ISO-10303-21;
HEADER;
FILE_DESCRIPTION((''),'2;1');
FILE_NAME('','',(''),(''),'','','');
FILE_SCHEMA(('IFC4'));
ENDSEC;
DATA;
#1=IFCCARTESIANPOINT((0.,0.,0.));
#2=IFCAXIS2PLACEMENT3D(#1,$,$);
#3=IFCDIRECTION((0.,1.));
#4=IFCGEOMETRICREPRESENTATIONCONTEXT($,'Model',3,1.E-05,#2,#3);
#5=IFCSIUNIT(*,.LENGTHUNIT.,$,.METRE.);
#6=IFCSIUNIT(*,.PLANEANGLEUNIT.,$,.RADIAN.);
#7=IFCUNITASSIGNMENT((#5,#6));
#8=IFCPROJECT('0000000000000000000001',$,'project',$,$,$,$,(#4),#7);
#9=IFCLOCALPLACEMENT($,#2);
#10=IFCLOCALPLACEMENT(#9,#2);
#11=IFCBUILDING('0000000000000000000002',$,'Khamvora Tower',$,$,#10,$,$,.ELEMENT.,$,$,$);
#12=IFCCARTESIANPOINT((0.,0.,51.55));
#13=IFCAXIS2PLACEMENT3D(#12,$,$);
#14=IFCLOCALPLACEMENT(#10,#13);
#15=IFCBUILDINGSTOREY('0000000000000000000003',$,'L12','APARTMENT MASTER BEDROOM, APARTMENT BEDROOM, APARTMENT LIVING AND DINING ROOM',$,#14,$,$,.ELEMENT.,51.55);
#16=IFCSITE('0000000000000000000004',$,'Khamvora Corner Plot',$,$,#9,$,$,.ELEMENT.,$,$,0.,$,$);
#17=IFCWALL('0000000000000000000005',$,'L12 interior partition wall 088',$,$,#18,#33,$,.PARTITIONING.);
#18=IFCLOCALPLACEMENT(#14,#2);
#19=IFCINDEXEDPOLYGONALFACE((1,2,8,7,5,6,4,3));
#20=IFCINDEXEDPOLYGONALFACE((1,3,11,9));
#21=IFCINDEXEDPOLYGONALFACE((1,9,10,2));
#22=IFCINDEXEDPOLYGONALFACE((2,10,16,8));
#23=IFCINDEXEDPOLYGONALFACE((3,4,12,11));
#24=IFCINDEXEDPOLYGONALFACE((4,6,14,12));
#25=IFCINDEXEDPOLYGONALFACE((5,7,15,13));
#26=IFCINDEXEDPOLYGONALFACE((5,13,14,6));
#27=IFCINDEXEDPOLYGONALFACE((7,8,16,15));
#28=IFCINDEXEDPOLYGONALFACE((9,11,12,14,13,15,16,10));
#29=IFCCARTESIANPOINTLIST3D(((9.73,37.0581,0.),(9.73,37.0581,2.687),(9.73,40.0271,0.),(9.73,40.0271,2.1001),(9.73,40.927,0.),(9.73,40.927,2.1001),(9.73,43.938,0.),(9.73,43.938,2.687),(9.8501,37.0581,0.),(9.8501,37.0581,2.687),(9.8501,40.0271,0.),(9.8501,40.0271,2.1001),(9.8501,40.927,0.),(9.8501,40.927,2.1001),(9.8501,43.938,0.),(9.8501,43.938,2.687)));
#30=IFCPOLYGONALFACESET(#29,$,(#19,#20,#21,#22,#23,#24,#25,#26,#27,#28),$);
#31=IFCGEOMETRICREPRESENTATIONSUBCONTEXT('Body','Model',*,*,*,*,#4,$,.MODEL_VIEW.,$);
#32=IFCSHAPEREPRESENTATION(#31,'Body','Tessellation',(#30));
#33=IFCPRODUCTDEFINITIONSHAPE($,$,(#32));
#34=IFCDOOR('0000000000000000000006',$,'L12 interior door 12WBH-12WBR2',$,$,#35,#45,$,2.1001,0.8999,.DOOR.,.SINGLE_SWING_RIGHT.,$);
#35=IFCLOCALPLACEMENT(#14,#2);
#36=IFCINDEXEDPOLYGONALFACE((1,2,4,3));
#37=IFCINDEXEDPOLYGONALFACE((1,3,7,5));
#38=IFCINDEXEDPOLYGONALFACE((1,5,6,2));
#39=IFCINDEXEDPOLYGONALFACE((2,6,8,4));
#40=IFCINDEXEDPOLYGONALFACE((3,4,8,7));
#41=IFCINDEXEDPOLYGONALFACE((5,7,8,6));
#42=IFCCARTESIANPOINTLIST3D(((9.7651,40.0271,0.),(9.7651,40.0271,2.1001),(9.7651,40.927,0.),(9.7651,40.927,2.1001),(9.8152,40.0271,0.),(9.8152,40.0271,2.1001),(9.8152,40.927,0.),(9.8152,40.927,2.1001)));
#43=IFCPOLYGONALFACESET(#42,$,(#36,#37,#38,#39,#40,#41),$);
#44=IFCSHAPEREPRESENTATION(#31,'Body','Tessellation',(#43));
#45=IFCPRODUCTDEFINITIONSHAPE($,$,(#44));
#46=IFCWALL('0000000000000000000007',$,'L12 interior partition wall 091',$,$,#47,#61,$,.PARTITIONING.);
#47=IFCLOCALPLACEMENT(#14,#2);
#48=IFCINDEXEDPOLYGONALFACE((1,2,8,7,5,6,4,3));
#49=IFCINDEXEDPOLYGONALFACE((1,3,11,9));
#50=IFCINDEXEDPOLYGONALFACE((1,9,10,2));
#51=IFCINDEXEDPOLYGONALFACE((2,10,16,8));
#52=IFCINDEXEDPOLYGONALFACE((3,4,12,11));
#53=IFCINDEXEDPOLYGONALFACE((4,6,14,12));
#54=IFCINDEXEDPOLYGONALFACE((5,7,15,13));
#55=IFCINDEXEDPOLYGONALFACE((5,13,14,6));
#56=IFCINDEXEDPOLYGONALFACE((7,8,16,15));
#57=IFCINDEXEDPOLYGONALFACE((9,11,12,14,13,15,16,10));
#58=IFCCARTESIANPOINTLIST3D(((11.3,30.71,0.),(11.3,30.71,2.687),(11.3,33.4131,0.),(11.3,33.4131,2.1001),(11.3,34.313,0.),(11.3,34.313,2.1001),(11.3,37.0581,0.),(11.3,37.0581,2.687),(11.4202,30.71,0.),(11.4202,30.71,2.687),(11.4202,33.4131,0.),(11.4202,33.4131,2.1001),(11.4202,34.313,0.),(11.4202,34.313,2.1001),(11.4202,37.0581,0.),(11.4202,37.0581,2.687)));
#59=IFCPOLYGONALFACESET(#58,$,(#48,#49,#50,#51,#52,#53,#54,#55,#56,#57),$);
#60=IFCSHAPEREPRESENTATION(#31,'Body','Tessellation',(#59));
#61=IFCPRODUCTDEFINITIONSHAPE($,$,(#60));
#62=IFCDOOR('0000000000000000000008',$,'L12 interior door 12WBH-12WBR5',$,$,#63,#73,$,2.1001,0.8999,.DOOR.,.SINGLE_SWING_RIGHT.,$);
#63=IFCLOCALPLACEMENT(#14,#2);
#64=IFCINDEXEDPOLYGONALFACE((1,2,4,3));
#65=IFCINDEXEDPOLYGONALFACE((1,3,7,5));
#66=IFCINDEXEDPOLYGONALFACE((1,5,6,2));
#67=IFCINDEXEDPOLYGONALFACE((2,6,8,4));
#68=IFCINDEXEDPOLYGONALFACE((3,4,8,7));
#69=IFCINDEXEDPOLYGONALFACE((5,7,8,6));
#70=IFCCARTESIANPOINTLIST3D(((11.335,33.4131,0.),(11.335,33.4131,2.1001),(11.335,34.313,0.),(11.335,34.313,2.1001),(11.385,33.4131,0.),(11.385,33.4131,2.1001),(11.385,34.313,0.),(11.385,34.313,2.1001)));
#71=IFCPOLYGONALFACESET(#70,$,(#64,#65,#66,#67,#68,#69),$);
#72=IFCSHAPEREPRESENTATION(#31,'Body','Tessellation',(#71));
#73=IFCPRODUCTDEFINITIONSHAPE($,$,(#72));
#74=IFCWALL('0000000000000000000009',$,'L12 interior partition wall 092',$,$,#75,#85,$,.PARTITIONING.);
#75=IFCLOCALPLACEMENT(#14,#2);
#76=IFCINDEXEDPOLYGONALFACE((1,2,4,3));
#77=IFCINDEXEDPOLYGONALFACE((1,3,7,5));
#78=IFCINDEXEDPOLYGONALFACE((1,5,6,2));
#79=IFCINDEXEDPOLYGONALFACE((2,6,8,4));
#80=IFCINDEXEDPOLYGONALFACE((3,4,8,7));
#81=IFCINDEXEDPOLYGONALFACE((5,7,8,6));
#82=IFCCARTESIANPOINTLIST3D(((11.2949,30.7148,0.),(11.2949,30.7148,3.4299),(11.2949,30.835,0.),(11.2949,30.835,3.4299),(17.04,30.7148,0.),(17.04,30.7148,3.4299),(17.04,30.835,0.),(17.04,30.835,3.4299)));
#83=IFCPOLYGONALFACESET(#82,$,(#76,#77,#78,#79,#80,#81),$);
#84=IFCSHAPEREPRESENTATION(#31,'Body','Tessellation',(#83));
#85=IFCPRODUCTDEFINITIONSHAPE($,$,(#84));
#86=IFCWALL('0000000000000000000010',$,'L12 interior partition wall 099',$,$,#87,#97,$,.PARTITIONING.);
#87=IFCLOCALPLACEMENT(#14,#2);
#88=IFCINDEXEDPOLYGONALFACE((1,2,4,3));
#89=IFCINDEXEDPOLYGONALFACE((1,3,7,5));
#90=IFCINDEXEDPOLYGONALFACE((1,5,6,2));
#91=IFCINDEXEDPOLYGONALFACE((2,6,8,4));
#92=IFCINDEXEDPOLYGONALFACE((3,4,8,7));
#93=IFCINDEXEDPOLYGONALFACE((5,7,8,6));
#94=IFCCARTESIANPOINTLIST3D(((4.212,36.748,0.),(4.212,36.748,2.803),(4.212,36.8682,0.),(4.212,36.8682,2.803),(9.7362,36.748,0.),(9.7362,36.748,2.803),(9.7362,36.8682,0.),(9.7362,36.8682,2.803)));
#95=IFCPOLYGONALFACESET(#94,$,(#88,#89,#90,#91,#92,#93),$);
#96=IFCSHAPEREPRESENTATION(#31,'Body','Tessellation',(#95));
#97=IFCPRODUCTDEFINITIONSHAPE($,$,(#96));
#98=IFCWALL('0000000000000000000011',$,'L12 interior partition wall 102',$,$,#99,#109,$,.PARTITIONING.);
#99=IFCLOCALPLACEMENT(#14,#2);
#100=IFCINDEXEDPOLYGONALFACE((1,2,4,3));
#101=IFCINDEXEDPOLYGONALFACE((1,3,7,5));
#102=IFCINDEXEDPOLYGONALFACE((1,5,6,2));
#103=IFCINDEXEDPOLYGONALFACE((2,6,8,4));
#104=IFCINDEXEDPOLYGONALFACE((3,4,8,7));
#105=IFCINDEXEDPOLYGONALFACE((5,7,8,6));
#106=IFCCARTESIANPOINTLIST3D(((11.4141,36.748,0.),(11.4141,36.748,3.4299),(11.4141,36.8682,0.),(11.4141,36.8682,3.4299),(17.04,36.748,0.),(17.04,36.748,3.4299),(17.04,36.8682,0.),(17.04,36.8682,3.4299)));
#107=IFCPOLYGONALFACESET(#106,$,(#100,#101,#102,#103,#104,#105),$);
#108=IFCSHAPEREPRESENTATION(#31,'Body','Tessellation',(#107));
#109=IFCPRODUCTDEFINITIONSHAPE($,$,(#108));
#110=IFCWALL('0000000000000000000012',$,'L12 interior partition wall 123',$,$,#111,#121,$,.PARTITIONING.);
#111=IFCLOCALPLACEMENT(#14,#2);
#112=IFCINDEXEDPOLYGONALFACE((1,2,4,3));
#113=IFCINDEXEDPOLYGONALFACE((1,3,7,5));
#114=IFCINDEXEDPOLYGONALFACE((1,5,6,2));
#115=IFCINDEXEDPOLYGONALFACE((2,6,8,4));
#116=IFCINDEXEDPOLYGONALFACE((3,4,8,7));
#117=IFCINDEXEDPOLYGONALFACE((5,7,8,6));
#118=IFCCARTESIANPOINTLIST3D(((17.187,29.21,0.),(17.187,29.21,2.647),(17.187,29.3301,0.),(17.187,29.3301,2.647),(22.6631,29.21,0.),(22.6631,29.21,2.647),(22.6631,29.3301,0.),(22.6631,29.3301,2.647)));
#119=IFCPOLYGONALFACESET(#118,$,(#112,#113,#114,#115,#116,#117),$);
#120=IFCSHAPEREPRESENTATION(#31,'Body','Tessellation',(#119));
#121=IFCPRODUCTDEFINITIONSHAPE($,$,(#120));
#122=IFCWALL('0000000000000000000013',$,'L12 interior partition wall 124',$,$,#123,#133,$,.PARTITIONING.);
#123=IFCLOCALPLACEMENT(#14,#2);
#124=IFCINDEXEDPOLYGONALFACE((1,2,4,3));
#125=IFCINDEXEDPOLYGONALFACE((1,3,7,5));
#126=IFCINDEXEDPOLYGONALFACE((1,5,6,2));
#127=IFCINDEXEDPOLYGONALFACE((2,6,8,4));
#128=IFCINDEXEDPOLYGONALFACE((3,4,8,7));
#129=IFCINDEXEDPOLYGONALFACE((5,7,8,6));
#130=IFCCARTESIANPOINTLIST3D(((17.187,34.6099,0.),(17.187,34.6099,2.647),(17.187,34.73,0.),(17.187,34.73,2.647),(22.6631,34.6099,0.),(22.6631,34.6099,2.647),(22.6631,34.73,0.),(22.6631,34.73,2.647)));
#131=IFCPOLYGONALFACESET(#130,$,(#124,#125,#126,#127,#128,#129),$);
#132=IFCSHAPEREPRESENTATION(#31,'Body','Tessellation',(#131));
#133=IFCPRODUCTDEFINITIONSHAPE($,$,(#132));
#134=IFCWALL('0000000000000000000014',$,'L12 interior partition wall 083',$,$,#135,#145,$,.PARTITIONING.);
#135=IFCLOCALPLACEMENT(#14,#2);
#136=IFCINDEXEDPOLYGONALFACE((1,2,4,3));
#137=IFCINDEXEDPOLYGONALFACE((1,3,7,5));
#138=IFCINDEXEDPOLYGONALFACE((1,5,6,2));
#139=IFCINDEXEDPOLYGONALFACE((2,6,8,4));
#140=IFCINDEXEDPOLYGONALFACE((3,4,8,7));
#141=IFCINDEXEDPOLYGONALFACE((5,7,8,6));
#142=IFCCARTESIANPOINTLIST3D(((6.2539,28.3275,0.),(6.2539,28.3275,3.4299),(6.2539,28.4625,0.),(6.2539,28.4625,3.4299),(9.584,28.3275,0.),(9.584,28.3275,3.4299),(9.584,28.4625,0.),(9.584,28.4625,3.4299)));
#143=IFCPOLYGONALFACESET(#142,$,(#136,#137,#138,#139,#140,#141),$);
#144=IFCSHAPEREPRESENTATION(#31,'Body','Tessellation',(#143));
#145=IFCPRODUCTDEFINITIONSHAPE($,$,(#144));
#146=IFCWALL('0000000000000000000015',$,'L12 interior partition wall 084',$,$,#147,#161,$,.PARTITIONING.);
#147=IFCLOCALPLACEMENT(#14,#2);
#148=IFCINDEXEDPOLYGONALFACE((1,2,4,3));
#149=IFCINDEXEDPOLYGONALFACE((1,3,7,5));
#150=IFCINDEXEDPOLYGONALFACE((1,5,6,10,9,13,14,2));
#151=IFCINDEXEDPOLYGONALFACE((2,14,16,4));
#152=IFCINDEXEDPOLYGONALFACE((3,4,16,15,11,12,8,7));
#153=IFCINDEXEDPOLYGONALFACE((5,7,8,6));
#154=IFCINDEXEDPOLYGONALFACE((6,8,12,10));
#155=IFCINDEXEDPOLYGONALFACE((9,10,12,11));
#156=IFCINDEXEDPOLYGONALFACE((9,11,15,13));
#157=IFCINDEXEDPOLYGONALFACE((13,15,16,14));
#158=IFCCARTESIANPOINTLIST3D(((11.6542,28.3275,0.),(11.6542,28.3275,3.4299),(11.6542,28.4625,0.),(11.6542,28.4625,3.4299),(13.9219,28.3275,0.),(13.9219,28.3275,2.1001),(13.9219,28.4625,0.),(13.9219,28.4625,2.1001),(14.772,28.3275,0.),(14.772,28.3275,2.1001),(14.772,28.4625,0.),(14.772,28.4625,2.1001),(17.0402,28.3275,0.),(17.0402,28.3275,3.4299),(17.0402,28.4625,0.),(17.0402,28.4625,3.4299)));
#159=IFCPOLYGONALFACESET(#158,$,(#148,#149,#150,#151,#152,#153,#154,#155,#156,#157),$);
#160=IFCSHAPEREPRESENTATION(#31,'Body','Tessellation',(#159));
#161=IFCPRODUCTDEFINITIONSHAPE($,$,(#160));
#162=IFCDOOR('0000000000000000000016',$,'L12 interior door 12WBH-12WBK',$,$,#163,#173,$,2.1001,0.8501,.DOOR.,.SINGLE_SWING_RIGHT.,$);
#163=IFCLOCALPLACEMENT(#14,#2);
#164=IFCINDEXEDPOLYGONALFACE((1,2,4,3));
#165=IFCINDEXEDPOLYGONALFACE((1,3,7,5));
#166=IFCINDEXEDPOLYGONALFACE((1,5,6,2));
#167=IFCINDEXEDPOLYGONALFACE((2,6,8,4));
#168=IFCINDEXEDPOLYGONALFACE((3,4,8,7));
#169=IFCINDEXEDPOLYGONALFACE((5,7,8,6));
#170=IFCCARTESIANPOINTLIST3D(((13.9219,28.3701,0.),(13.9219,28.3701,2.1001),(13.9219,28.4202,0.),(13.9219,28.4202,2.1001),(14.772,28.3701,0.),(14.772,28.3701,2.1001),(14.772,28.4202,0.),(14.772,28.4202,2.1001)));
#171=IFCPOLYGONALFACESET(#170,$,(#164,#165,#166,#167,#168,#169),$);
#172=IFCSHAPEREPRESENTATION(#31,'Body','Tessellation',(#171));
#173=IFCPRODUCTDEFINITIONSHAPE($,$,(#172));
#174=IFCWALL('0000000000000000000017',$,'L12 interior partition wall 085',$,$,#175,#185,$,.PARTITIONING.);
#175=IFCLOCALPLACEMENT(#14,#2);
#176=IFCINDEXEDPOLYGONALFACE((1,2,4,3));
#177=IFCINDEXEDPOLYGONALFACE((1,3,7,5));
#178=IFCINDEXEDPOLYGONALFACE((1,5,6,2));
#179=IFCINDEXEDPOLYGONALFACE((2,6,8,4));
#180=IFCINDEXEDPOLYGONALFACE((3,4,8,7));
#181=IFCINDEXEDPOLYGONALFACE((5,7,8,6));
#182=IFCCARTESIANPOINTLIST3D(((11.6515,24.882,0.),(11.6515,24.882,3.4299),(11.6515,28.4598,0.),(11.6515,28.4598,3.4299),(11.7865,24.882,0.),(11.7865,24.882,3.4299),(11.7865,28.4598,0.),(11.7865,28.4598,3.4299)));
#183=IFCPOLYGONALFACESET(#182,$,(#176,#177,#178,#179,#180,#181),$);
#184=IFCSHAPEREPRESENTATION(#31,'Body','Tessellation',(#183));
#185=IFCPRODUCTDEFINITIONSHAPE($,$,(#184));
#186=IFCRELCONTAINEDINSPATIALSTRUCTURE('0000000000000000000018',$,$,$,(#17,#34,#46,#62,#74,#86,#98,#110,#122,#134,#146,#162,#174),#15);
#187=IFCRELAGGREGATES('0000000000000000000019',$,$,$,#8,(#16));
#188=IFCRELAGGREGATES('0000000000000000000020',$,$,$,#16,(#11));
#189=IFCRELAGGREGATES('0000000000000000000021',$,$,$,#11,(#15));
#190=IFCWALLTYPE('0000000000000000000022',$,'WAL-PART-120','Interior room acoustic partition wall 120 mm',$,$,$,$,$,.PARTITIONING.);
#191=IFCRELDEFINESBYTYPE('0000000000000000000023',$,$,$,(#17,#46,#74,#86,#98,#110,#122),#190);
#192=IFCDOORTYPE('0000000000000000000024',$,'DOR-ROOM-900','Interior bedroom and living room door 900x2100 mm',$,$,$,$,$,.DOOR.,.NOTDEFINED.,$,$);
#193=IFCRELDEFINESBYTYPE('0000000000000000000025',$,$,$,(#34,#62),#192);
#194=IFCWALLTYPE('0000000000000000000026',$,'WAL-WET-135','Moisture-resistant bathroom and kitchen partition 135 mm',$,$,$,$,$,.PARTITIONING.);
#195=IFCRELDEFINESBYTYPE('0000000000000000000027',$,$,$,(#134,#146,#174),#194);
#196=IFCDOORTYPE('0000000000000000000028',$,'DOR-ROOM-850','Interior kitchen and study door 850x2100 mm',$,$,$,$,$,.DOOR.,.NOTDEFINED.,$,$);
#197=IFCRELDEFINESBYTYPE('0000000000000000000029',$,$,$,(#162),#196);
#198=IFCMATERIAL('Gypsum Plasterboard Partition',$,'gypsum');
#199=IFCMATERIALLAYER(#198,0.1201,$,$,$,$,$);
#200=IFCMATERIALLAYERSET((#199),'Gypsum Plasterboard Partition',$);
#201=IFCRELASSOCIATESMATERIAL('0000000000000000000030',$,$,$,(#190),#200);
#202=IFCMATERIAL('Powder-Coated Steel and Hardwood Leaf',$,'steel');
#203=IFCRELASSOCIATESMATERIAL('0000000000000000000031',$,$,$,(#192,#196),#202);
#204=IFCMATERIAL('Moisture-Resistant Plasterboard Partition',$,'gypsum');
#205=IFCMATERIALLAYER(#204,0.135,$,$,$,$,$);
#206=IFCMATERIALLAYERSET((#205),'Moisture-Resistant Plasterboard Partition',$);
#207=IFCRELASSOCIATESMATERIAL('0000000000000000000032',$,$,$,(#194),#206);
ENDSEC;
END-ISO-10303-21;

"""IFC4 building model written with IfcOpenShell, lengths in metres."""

from ifc_helpers import new_model, si_unit, direction, frame, frame_2d, origin, place, context, subcontext, project, spatial, rectangle, extrude, material, layer, layer_set, type_object, element, fill, save


model = new_model("IFC4")

# Units and contexts
model_context = context("Model", 3, precision=1e-05, world=origin(), true_north=direction((0.0, 1.0)))
body_context = subcontext(model_context, "Body", "Model", "MODEL_VIEW")
ifc_project = project(units=[si_unit("LENGTHUNIT", "METRE"), si_unit("PLANEANGLEUNIT", "RADIAN")], contexts=[model_context])

# Site, building, storey
site_placement = place(None, origin())
site = spatial("IfcSite", under=ifc_project, at=site_placement, Name="Khamvora Corner Plot", CompositionType="ELEMENT", RefElevation=0.0)
building_placement = place(site_placement, origin())
building = spatial("IfcBuilding", under=site, at=building_placement, Name="Khamvora Tower", CompositionType="ELEMENT")
storey_placement = place(building_placement, frame((0.0, 0.0, 51.55)))
storey = spatial("IfcBuildingStorey", under=building, at=storey_placement, Name="L12", Description="APARTMENT MASTER BEDROOM, APARTMENT BEDROOM, APARTMENT LIVING AND DINING ROOM", CompositionType="ELEMENT", Elevation=51.55)

# Shared definitions
ifc_material_1 = material(Name="Gypsum Plasterboard Partition", Category="gypsum")
ifc_layer_1 = layer(ifc_material_1, 0.1201)
ifc_layer_set_1 = layer_set([ifc_layer_1], Name="Gypsum Plasterboard Partition")
wall_type_1 = type_object("IfcWallType", Name="WAL-PART-120", Description="Interior room acoustic partition wall 120 mm", PredefinedType="PARTITIONING", material=ifc_layer_set_1)
ifc_material_2 = material(Name="Powder-Coated Steel and Hardwood Leaf", Category="steel")
door_type_1 = type_object("IfcDoorType", Name="DOR-ROOM-900", Description="Interior bedroom and living room door 900x2100 mm", OperationType="NOTDEFINED", PredefinedType="DOOR", material=ifc_material_2)

# Walls, openings, doors
wall_1_placement = place(storey_placement, frame((9.79, 37.0581, 0.0), z_axis=(0.0, 0.0, 1.0), x_axis=(0.0, 1.0, 0.0)))
wall_1 = element("IfcWall", 1, at=wall_1_placement, inside=storey, type_object=wall_type_1, Name="L12 interior partition wall 088", PredefinedType="PARTITIONING", context=body_context, shape_type="SweptSolid", body=[
    extrude(rectangle(XDim=6.8799, YDim=0.1201, at=frame_2d((3.4399, 0.0))), origin(), (0.0, 0.0, 1.0), 2.687),
])
opening_1_placement = place(wall_1_placement, frame((2.969, 0.0, 0.0)))
opening_1 = element("IfcOpeningElement", 2, at=opening_1_placement, cuts=wall_1, PredefinedType="OPENING", context=body_context, shape_type="SweptSolid", body=[
    extrude(rectangle(XDim=0.8999, YDim=2.1001, at=frame_2d((0.45, 1.05))), frame((0.0, 0.0701, 0.0), z_axis=(0.0, -1.0, 0.0), x_axis=(1.0, 0.0, 0.0)), (0.0, 0.0, 1.0), 0.1401),
])
door_1_placement = place(opening_1_placement, origin())
door_1 = element("IfcDoor", 3, at=door_1_placement, inside=storey, type_object=door_type_1, Name="L12 interior door 12WBH-12WBR2", OperationType="SINGLE_SWING_RIGHT", OverallHeight=2.1001, OverallWidth=0.8999, PredefinedType="DOOR", context=body_context, shape_type="SweptSolid", body=[
    extrude(rectangle(XDim=0.8999, YDim=2.1001, at=frame_2d((0.45, 1.05))), frame((0.0, 0.0249, 0.0), z_axis=(0.0, -1.0, 0.0), x_axis=(1.0, 0.0, 0.0)), (0.0, 0.0, 1.0), 0.05),
])
fill(opening_1, door_1)
wall_2_placement = place(storey_placement, frame((11.3601, 37.0581, 0.0), z_axis=(0.0, 0.0, 1.0), x_axis=(0.0, -1.0, 0.0)))
wall_2 = element("IfcWall", 4, at=wall_2_placement, inside=storey, type_object=wall_type_1, Name="L12 interior partition wall 091", PredefinedType="PARTITIONING", context=body_context, shape_type="SweptSolid", body=[
    extrude(rectangle(XDim=6.3481, YDim=0.1201, at=frame_2d((3.1741, 0.0))), origin(), (0.0, 0.0, 1.0), 2.687),
])
opening_2_placement = place(wall_2_placement, frame((2.7451, 0.0, 0.0)))
opening_2 = element("IfcOpeningElement", 5, at=opening_2_placement, cuts=wall_2, PredefinedType="OPENING", context=body_context, shape_type="SweptSolid", body=[
    extrude(rectangle(XDim=0.8999, YDim=2.1001, at=frame_2d((0.45, 1.05))), frame((0.0, 0.0701, 0.0), z_axis=(0.0, -1.0, 0.0), x_axis=(1.0, 0.0, 0.0)), (0.0, 0.0, 1.0), 0.1401),
])
door_2_placement = place(opening_2_placement, origin())
door_2 = element("IfcDoor", 6, at=door_2_placement, inside=storey, type_object=door_type_1, Name="L12 interior door 12WBH-12WBR5", OperationType="SINGLE_SWING_RIGHT", OverallHeight=2.1001, OverallWidth=0.8999, PredefinedType="DOOR", context=body_context, shape_type="SweptSolid", body=[
    extrude(rectangle(XDim=0.8999, YDim=2.1001, at=frame_2d((0.45, 1.05))), frame((0.0, 0.0249, 0.0), z_axis=(0.0, -1.0, 0.0), x_axis=(1.0, 0.0, 0.0)), (0.0, 0.0, 1.0), 0.05),
])
fill(opening_2, door_2)

# Walls
wall_3_placement = place(storey_placement, frame((11.2949, 30.7749, 0.0), z_axis=(0.0, 0.0, 1.0), x_axis=(1.0, 0.0, 0.0)))
element("IfcWall", 7, at=wall_3_placement, inside=storey, type_object=wall_type_1, Name="L12 interior partition wall 092", PredefinedType="PARTITIONING", context=body_context, shape_type="SweptSolid", body=[
    extrude(rectangle(XDim=5.7451, YDim=0.1201, at=frame_2d((2.8726, 0.0))), origin(), (0.0, 0.0, 1.0), 3.4299),
])
wall_4_placement = place(storey_placement, frame((4.2119, 36.8081, 0.0), z_axis=(0.0, 0.0, 1.0), x_axis=(1.0, 0.0, 0.0)))
element("IfcWall", 8, at=wall_4_placement, inside=storey, type_object=wall_type_1, Name="L12 interior partition wall 099", PredefinedType="PARTITIONING", context=body_context, shape_type="SweptSolid", body=[
    extrude(rectangle(XDim=5.5242, YDim=0.1201, at=frame_2d((2.7622, 0.0))), origin(), (0.0, 0.0, 1.0), 2.803),
])
wall_5_placement = place(storey_placement, frame((11.4141, 36.8081, 0.0), z_axis=(0.0, 0.0, 1.0), x_axis=(1.0, 0.0, 0.0)))
element("IfcWall", 9, at=wall_5_placement, inside=storey, type_object=wall_type_1, Name="L12 interior partition wall 102", PredefinedType="PARTITIONING", context=body_context, shape_type="SweptSolid", body=[
    extrude(rectangle(XDim=5.626, YDim=0.1201, at=frame_2d((2.813, 0.0))), origin(), (0.0, 0.0, 1.0), 3.4299),
])
for number, where, z_axis, x_axis, name in (
    (10, (17.187, 29.27, 0.0), (0.0, 0.0, 1.0), (1.0, 0.0, 0.0), "L12 interior partition wall 123"),
    (11, (17.187, 34.6699, 0.0), (0.0, 0.0, 1.0), (1.0, 0.0, 0.0), "L12 interior partition wall 124"),
):
    element("IfcWall", number, at=place(storey_placement, frame(where, z_axis=z_axis, x_axis=x_axis)), inside=storey, type_object=wall_type_1, Name=name, PredefinedType="PARTITIONING", context=body_context, shape_type="SweptSolid", body=[
        extrude(rectangle(XDim=5.4761, YDim=0.1201, at=frame_2d((2.738, 0.0))), origin(), (0.0, 0.0, 1.0), 2.647),
    ])
ifc_material_3 = material(Name="Moisture-Resistant Plasterboard Partition", Category="gypsum")
ifc_layer_2 = layer(ifc_material_3, 0.135)
ifc_layer_set_2 = layer_set([ifc_layer_2], Name="Moisture-Resistant Plasterboard Partition")
wall_type_2 = type_object("IfcWallType", Name="WAL-WET-135", Description="Moisture-resistant bathroom and kitchen partition 135 mm", PredefinedType="PARTITIONING", material=ifc_layer_set_2)
wall_6_placement = place(storey_placement, frame((9.584, 28.395, 0.0), z_axis=(0.0, 0.0, 1.0), x_axis=(-1.0, 0.0, 0.0)))
element("IfcWall", 12, at=wall_6_placement, inside=storey, type_object=wall_type_2, Name="L12 interior partition wall 083", PredefinedType="PARTITIONING", context=body_context, shape_type="SweptSolid", body=[
    extrude(rectangle(XDim=3.3301, YDim=0.135, at=frame_2d((1.665, 0.0))), origin(), (0.0, 0.0, 1.0), 3.4299),
])

# Wall, opening, door
wall_7_placement = place(storey_placement, frame((17.04, 28.395, 0.0), z_axis=(0.0, 0.0, 1.0), x_axis=(-1.0, 0.0, 0.0)))
wall_7 = element("IfcWall", 13, at=wall_7_placement, inside=storey, type_object=wall_type_2, Name="L12 interior partition wall 084", PredefinedType="PARTITIONING", context=body_context, shape_type="SweptSolid", body=[
    extrude(rectangle(XDim=5.386, YDim=0.135, at=frame_2d((2.6929, 0.0))), origin(), (0.0, 0.0, 1.0), 3.4299),
])
opening_3_placement = place(wall_7_placement, frame((2.2681, 0.0, 0.0)))
opening_3 = element("IfcOpeningElement", 14, at=opening_3_placement, cuts=wall_7, PredefinedType="OPENING", context=body_context, shape_type="SweptSolid", body=[
    extrude(rectangle(XDim=0.8501, YDim=2.1001, at=frame_2d((0.425, 1.05))), frame((0.0, 0.0774, 0.0), z_axis=(0.0, -1.0, 0.0), x_axis=(1.0, 0.0, 0.0)), (0.0, 0.0, 1.0), 0.155),
])
door_type_2 = type_object("IfcDoorType", Name="DOR-ROOM-850", Description="Interior kitchen and study door 850x2100 mm", OperationType="NOTDEFINED", PredefinedType="DOOR", material=ifc_material_2)
door_3_placement = place(opening_3_placement, origin())
door_3 = element("IfcDoor", 15, at=door_3_placement, inside=storey, type_object=door_type_2, Name="L12 interior door 12WBH-12WBK", OperationType="SINGLE_SWING_RIGHT", OverallHeight=2.1001, OverallWidth=0.8501, PredefinedType="DOOR", context=body_context, shape_type="SweptSolid", body=[
    extrude(rectangle(XDim=0.8501, YDim=2.1001, at=frame_2d((0.425, 1.05))), frame((0.0, 0.0249, 0.0), z_axis=(0.0, -1.0, 0.0), x_axis=(1.0, 0.0, 0.0)), (0.0, 0.0, 1.0), 0.05),
])
fill(opening_3, door_3)

# Wall
wall_8_placement = place(storey_placement, frame((11.719, 28.46, 0.0), z_axis=(0.0, 0.0, 1.0), x_axis=(0.0, -1.0, 0.0)))
element("IfcWall", 16, at=wall_8_placement, inside=storey, type_object=wall_type_2, Name="L12 interior partition wall 085", PredefinedType="PARTITIONING", context=body_context, shape_type="SweptSolid", body=[
    extrude(rectangle(XDim=3.5779, YDim=0.135, at=frame_2d((1.7891, 0.0))), origin(), (0.0, 0.0, 1.0), 3.4299),
])

save(model, "model.ifc")
